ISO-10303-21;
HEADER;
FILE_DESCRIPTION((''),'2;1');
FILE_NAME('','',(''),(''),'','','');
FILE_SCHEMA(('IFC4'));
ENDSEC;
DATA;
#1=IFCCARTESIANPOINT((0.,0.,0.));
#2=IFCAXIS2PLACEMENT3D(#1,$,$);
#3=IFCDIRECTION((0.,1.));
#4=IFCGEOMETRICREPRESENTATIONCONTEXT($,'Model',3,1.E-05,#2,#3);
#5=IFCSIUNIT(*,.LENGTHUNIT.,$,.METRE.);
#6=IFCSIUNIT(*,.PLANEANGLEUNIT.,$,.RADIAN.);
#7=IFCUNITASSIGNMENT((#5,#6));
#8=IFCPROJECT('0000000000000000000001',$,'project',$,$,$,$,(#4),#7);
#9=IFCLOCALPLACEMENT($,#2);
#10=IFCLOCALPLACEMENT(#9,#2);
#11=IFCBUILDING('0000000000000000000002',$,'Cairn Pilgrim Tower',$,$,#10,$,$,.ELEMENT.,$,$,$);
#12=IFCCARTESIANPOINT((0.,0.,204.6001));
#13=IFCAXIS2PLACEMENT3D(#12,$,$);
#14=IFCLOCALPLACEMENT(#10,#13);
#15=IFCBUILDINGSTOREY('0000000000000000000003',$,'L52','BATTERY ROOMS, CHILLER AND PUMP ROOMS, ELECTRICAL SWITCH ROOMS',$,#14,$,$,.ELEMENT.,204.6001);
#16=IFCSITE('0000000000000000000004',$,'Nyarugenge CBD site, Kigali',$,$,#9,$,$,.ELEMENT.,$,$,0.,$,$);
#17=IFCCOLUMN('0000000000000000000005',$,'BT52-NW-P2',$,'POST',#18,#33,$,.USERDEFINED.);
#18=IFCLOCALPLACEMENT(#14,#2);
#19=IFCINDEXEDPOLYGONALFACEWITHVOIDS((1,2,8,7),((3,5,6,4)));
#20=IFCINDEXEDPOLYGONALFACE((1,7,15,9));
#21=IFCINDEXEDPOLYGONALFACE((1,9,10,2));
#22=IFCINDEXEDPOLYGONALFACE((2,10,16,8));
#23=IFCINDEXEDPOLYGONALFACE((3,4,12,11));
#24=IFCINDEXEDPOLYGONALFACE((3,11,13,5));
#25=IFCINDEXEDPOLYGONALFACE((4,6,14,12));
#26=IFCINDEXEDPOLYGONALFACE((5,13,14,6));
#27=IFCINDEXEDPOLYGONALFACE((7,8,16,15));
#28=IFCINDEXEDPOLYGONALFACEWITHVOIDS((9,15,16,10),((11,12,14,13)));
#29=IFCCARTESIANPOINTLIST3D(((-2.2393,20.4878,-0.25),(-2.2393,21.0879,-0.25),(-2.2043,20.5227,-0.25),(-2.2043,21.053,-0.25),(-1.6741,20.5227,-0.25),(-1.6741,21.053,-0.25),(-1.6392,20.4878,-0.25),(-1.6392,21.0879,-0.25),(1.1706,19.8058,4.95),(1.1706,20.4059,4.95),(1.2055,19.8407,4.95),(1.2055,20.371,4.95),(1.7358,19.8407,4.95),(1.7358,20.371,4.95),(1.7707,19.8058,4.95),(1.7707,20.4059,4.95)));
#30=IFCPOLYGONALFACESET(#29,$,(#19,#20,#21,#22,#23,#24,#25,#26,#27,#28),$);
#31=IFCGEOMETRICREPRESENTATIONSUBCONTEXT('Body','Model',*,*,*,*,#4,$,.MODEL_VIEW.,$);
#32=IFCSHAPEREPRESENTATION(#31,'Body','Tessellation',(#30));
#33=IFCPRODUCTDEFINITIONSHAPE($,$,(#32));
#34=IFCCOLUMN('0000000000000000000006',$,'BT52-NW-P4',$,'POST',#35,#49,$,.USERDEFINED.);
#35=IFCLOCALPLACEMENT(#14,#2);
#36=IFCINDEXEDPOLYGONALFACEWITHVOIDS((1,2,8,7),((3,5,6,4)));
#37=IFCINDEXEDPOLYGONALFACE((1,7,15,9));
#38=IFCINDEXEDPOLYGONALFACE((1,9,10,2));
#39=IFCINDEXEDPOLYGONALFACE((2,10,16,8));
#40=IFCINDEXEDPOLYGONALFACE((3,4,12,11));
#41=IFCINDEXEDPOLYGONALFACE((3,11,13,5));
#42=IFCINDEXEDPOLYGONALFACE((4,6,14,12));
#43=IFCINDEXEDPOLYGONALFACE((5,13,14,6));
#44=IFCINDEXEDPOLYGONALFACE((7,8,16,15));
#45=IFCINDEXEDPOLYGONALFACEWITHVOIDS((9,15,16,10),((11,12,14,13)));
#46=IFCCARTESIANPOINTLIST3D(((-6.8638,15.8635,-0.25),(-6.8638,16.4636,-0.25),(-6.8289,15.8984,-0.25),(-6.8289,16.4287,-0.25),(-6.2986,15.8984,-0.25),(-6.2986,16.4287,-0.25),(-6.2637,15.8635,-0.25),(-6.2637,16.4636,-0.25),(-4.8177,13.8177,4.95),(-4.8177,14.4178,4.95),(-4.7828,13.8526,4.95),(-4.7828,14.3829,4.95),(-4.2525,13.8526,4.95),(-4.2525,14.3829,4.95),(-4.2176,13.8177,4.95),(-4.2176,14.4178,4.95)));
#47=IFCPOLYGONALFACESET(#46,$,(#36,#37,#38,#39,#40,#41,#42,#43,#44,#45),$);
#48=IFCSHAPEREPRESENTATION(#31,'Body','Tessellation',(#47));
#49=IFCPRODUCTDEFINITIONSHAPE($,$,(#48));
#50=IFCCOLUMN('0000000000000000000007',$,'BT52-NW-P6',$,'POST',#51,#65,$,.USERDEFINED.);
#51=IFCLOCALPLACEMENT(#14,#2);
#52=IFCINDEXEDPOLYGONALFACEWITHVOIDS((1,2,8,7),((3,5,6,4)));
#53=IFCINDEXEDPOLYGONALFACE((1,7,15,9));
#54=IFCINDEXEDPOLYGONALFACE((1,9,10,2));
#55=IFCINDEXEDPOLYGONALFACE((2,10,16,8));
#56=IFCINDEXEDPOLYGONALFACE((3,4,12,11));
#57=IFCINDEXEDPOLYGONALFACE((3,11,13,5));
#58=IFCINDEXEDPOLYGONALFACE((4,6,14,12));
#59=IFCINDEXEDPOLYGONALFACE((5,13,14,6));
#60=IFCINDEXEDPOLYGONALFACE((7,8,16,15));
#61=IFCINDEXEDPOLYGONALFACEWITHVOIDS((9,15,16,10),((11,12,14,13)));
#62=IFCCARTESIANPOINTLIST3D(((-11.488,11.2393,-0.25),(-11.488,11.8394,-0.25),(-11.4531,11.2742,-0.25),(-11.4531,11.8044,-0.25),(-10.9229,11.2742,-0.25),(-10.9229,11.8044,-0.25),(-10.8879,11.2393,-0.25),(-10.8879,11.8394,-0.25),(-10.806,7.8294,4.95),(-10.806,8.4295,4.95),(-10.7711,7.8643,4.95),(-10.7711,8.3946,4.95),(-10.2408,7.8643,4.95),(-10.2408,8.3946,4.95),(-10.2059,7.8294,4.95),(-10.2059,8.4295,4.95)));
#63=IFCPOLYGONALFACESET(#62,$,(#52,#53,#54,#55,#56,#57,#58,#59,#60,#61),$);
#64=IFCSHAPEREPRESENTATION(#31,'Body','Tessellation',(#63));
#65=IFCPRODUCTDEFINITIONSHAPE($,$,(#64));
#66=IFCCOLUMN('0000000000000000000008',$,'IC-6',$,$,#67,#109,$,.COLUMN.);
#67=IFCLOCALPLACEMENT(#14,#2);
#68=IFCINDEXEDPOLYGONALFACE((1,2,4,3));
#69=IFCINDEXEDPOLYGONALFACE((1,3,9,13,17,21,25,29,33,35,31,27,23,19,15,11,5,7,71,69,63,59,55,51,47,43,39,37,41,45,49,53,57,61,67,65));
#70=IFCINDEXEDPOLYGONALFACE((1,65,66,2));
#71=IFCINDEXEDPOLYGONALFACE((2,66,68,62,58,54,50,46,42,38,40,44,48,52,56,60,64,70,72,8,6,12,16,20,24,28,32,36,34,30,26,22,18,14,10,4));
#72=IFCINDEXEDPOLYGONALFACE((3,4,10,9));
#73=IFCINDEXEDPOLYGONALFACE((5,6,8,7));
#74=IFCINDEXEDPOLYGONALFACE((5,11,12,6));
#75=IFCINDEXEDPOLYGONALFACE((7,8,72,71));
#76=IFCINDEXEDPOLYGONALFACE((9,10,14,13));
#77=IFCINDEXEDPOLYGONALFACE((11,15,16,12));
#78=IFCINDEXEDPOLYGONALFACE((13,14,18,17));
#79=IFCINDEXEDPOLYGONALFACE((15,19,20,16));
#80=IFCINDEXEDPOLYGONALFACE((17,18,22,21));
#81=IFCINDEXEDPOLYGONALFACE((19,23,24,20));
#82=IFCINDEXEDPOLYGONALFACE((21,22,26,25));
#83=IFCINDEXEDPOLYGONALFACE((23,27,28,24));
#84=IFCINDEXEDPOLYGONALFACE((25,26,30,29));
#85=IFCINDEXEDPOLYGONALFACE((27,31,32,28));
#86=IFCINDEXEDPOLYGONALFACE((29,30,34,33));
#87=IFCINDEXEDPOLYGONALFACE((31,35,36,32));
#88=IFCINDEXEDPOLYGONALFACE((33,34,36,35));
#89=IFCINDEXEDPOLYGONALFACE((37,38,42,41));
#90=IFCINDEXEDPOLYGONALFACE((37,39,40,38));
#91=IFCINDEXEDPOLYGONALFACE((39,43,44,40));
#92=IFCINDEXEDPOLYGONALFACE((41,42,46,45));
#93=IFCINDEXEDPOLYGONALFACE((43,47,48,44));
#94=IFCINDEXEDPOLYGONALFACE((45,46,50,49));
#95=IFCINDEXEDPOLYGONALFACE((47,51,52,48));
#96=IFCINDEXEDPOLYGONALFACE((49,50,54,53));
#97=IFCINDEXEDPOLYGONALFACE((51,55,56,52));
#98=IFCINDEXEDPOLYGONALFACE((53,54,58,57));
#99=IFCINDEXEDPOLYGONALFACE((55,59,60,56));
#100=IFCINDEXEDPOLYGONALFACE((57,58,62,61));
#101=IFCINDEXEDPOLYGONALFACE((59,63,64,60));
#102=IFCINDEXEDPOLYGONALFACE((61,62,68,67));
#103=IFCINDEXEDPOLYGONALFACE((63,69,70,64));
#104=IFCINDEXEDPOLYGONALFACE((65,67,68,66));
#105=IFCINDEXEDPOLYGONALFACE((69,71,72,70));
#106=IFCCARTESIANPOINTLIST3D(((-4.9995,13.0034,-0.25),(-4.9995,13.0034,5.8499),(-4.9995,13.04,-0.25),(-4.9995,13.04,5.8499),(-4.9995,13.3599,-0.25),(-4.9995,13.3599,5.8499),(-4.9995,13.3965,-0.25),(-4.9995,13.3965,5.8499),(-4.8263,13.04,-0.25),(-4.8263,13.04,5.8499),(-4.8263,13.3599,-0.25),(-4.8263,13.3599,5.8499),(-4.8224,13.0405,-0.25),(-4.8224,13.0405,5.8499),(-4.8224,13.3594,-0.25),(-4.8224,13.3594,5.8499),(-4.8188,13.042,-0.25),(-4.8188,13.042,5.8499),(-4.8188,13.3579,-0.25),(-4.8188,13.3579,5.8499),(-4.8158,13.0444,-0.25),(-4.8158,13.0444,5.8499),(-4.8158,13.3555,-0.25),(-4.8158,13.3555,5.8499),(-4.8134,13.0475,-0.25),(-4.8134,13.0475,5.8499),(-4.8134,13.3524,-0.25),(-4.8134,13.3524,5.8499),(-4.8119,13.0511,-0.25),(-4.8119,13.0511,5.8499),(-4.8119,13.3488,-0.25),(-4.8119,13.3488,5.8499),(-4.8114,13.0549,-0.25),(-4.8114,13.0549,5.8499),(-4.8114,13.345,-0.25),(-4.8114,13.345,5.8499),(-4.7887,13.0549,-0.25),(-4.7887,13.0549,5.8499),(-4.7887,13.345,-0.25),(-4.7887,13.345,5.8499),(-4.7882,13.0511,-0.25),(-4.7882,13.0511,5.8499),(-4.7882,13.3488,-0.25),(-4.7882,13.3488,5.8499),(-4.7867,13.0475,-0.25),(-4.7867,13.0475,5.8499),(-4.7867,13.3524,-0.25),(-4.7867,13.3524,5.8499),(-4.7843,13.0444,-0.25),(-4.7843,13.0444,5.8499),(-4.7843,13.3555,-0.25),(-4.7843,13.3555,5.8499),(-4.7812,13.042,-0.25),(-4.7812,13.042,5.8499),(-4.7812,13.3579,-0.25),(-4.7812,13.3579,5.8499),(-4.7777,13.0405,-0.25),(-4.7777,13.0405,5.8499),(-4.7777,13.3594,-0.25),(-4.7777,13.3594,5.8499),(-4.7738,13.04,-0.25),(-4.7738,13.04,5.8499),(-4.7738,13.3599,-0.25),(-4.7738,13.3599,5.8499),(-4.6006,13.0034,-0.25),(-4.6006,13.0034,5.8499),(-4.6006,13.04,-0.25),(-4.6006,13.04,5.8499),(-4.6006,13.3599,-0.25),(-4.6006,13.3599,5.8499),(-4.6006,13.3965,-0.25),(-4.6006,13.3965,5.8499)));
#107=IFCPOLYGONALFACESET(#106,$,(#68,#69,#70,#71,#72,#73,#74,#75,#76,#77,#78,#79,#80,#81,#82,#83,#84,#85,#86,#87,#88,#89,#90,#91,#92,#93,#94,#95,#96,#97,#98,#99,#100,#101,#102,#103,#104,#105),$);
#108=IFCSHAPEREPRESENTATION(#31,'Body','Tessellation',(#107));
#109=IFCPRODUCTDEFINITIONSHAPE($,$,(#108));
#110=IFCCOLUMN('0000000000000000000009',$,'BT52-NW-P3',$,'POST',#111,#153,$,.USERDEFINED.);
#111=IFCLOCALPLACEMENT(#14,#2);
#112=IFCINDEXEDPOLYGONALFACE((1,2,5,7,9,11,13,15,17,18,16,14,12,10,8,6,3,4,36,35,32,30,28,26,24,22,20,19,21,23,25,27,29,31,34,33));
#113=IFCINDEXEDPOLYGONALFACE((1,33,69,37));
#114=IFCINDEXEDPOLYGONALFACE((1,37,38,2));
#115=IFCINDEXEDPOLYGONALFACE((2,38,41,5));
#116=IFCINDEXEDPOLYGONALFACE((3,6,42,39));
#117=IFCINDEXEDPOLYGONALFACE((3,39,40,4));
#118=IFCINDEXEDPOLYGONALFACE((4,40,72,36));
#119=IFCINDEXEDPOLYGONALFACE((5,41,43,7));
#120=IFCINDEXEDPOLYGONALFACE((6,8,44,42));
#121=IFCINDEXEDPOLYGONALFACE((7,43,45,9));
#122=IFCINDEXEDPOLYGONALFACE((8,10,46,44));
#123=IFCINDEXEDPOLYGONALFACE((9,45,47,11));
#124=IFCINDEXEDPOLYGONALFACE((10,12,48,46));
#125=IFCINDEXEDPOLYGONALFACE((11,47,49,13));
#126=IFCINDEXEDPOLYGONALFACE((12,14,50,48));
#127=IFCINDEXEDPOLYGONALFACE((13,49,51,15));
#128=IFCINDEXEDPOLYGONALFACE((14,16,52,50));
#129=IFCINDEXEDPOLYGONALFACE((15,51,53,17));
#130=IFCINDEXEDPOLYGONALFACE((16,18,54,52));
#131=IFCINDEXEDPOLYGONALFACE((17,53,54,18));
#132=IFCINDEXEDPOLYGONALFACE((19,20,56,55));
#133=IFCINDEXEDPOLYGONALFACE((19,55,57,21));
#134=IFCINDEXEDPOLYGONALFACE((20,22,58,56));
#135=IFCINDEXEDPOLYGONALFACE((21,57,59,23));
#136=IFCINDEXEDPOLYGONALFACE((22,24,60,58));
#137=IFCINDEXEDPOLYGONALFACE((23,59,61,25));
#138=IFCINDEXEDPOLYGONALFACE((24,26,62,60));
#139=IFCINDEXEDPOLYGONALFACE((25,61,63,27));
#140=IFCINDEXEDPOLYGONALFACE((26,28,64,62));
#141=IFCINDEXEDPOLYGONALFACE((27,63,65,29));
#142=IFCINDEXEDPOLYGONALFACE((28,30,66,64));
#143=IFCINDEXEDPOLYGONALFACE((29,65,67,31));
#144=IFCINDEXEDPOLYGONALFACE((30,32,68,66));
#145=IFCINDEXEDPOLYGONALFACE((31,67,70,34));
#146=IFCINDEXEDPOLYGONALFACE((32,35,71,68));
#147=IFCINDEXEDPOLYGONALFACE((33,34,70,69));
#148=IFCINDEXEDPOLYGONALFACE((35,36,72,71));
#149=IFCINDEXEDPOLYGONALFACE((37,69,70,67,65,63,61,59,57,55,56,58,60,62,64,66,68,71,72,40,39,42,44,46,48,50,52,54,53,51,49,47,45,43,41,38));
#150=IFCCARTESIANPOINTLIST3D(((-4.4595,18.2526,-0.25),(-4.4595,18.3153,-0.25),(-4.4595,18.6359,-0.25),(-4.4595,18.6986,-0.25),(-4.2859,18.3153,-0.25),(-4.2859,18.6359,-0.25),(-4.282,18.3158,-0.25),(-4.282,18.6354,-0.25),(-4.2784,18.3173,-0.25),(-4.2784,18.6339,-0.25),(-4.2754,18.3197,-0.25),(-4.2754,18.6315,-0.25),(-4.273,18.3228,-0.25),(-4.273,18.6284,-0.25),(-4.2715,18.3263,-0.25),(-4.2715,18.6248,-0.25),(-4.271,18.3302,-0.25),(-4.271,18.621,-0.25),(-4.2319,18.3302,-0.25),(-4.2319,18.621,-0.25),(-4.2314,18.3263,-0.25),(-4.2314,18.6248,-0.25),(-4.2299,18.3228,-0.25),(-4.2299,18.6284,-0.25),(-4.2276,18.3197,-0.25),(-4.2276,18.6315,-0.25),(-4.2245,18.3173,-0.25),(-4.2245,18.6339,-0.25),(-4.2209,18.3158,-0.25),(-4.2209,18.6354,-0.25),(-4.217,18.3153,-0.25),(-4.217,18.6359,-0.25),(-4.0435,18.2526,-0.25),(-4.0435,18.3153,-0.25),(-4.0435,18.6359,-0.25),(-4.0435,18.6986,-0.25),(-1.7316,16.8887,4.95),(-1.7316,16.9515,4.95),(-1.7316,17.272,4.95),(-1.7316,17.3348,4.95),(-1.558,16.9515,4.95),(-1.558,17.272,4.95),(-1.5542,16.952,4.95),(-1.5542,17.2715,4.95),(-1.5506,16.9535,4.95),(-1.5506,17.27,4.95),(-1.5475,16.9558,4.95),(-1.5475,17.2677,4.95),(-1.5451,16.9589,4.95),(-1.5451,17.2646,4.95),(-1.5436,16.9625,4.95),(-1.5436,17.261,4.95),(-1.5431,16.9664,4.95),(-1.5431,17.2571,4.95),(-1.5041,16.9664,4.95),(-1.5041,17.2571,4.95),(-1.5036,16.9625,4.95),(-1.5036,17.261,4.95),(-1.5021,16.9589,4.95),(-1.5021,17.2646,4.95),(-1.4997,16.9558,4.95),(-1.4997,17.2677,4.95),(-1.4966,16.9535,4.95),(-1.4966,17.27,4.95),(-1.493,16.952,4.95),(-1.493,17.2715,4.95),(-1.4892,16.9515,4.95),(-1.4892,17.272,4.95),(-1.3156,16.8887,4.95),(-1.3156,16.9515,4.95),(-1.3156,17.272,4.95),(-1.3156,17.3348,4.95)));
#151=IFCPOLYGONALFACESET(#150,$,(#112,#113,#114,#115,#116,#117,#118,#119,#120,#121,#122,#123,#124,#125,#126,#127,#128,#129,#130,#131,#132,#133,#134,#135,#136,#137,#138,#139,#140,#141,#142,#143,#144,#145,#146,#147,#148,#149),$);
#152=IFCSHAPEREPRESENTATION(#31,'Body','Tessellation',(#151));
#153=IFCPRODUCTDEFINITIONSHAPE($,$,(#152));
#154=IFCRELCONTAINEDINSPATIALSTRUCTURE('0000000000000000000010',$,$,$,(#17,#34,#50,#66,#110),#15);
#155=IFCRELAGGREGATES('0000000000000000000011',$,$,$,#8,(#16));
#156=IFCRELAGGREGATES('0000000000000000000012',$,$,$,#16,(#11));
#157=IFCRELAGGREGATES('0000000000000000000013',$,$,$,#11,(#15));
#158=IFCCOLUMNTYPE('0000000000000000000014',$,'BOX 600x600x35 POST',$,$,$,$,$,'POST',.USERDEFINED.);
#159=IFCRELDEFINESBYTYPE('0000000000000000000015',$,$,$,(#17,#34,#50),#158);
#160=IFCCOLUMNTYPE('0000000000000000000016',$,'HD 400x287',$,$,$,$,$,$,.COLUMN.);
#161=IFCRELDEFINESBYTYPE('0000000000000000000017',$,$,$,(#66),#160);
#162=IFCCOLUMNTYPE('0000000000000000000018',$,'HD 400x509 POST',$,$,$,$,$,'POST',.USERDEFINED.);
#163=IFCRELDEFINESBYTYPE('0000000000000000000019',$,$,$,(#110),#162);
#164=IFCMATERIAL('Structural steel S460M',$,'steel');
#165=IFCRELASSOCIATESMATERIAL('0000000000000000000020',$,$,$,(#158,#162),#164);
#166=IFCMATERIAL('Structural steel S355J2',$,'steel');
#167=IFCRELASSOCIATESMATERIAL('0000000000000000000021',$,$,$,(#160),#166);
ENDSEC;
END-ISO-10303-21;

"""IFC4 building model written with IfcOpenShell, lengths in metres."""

from ifc_helpers import new_model, si_unit, direction, frame, origin, origin_2d, place, context, subcontext, project, spatial, hollow_rectangle, i_section, extrude, clip, halfspace, material, material_profile, profile_set, type_object, element, save


model = new_model("IFC4")

# Units and contexts
model_context = context("Model", 3, precision=1e-05, world=origin(), true_north=direction((0.0, 1.0)))
body_context = subcontext(model_context, "Body", "Model", "MODEL_VIEW")
ifc_project = project(units=[si_unit("LENGTHUNIT", "METRE"), si_unit("PLANEANGLEUNIT", "RADIAN")], contexts=[model_context])

# Site, building, storey
site_placement = place(None, origin())
site = spatial("IfcSite", under=ifc_project, at=site_placement, Name="Nyarugenge CBD site, Kigali", CompositionType="ELEMENT", RefElevation=0.0)
building_placement = place(site_placement, origin())
building = spatial("IfcBuilding", under=site, at=building_placement, Name="Cairn Pilgrim Tower", CompositionType="ELEMENT")
storey_placement = place(building_placement, frame((0.0, 0.0, 204.6001)))
storey = spatial("IfcBuildingStorey", under=building, at=storey_placement, Name="L52", Description="BATTERY ROOMS, CHILLER AND PUMP ROOMS, ELECTRICAL SWITCH ROOMS", CompositionType="ELEMENT", Elevation=204.6001)

# Columns
ifc_material_1 = material(Name="Structural steel S460M", Category="steel")
ifc_material_profile_1 = material_profile(ifc_material_1, hollow_rectangle(XDim=0.6001, YDim=0.6001, WallThickness=0.0349, at=origin_2d()), Name="BOX 600x600x35")
ifc_profile_set_1 = profile_set([ifc_material_profile_1], Name="Structural steel S460M")
column_type_1 = type_object("IfcColumnType", Name="BOX 600x600x35 POST", ElementType="POST", PredefinedType="USERDEFINED", material=ifc_profile_set_1)
column_1_placement = place(storey_placement, frame((-1.9392, 20.7878, -0.25), z_axis=(0.0, 0.0, 1.0), x_axis=(1.0, 0.0, 0.0)))
element("IfcColumn", 1, at=column_1_placement, inside=storey, type_object=column_type_1, Name="BT52-NW-P2", ObjectType="POST", PredefinedType="USERDEFINED", context=body_context, shape_type="Clipping", body=[
    clip(extrude(hollow_rectangle(XDim=0.6001, YDim=0.6001, WallThickness=0.0349, at=origin_2d()), origin(), (0.545097, -0.109026, 0.831253), 7.3381), halfspace(frame((0.0, 0.0, 5.2), z_axis=(0.0, 0.0, 1.0), x_axis=(1.0, 0.0, 0.0)), False)),
])
column_2_placement = place(storey_placement, frame((-6.5637, 16.1636, -0.25), z_axis=(0.0, 0.0, 1.0), x_axis=(1.0, 0.0, 0.0)))
element("IfcColumn", 2, at=column_2_placement, inside=storey, type_object=column_type_1, Name="BT52-NW-P4", ObjectType="POST", PredefinedType="USERDEFINED", context=body_context, shape_type="Clipping", body=[
    clip(extrude(hollow_rectangle(XDim=0.6001, YDim=0.6001, WallThickness=0.0349, at=origin_2d()), origin(), (0.343832, -0.343797, 0.873832), 6.9805), halfspace(frame((0.0, 0.0, 5.2), z_axis=(0.0, 0.0, 1.0), x_axis=(1.0, 0.0, 0.0)), False)),
])
column_3_placement = place(storey_placement, frame((-11.188, 11.5393, -0.25), z_axis=(0.0, 0.0, 1.0), x_axis=(1.0, 0.0, 0.0)))
element("IfcColumn", 3, at=column_3_placement, inside=storey, type_object=column_type_1, Name="BT52-NW-P6", ObjectType="POST", PredefinedType="USERDEFINED", context=body_context, shape_type="Clipping", body=[
    clip(extrude(hollow_rectangle(XDim=0.6001, YDim=0.6001, WallThickness=0.0349, at=origin_2d()), origin(), (0.109026, -0.545097, 0.831253), 7.3381), halfspace(frame((0.0, 0.0, 5.2), z_axis=(0.0, 0.0, 1.0), x_axis=(1.0, 0.0, 0.0)), False)),
])
ifc_material_2 = material(Name="Structural steel S355J2", Category="steel")
ifc_material_profile_2 = material_profile(ifc_material_2, i_section(OverallWidth=0.3989, OverallDepth=0.3931, WebThickness=0.0227, FlangeThickness=0.0366, FilletRadius=0.0149, at=origin_2d()), Name="HD 400x287")
ifc_profile_set_2 = profile_set([ifc_material_profile_2], Name="Structural steel S355J2")
column_type_2 = type_object("IfcColumnType", Name="HD 400x287", PredefinedType="COLUMN", material=ifc_profile_set_2)
column_4_placement = place(storey_placement, frame((-4.8, 13.2, -0.25), z_axis=(0.0, 0.0, 1.0), x_axis=(1.0, 0.0, 0.0)))
element("IfcColumn", 4, at=column_4_placement, inside=storey, type_object=column_type_2, Name="IC-6", PredefinedType="COLUMN", context=body_context, shape_type="SweptSolid", body=[
    extrude(i_section(OverallWidth=0.3989, OverallDepth=0.3931, WebThickness=0.0227, FlangeThickness=0.0366, FilletRadius=0.0149, at=origin_2d()), origin(), (0.0, 0.0, 1.0), 6.0999),
])
ifc_material_profile_3 = material_profile(ifc_material_1, i_section(OverallWidth=0.416, OverallDepth=0.446, WebThickness=0.0391, FlangeThickness=0.0627, FilletRadius=0.0149, at=origin_2d()), Name="HD 400x509")
ifc_profile_set_3 = profile_set([ifc_material_profile_3], Name="Structural steel S460M")
column_type_3 = type_object("IfcColumnType", Name="HD 400x509 POST", ElementType="POST", PredefinedType="USERDEFINED", material=ifc_profile_set_3)
column_5_placement = place(storey_placement, frame((-4.2515, 18.4756, -0.25), z_axis=(0.0, 0.0, 1.0), x_axis=(1.0, 0.0, 0.0)))
element("IfcColumn", 5, at=column_5_placement, inside=storey, type_object=column_type_3, Name="BT52-NW-P3", ObjectType="POST", PredefinedType="USERDEFINED", context=body_context, shape_type="Clipping", body=[
    clip(extrude(i_section(OverallWidth=0.416, OverallDepth=0.446, WebThickness=0.0391, FlangeThickness=0.0627, FilletRadius=0.0149, at=origin_2d()), origin(), (0.452508, -0.226237, 0.862585), 7.0715), halfspace(frame((0.0, 0.0, 5.2), z_axis=(0.0, 0.0, 1.0), x_axis=(1.0, 0.0, 0.0)), False)),
])

save(model, "model.ifc")
